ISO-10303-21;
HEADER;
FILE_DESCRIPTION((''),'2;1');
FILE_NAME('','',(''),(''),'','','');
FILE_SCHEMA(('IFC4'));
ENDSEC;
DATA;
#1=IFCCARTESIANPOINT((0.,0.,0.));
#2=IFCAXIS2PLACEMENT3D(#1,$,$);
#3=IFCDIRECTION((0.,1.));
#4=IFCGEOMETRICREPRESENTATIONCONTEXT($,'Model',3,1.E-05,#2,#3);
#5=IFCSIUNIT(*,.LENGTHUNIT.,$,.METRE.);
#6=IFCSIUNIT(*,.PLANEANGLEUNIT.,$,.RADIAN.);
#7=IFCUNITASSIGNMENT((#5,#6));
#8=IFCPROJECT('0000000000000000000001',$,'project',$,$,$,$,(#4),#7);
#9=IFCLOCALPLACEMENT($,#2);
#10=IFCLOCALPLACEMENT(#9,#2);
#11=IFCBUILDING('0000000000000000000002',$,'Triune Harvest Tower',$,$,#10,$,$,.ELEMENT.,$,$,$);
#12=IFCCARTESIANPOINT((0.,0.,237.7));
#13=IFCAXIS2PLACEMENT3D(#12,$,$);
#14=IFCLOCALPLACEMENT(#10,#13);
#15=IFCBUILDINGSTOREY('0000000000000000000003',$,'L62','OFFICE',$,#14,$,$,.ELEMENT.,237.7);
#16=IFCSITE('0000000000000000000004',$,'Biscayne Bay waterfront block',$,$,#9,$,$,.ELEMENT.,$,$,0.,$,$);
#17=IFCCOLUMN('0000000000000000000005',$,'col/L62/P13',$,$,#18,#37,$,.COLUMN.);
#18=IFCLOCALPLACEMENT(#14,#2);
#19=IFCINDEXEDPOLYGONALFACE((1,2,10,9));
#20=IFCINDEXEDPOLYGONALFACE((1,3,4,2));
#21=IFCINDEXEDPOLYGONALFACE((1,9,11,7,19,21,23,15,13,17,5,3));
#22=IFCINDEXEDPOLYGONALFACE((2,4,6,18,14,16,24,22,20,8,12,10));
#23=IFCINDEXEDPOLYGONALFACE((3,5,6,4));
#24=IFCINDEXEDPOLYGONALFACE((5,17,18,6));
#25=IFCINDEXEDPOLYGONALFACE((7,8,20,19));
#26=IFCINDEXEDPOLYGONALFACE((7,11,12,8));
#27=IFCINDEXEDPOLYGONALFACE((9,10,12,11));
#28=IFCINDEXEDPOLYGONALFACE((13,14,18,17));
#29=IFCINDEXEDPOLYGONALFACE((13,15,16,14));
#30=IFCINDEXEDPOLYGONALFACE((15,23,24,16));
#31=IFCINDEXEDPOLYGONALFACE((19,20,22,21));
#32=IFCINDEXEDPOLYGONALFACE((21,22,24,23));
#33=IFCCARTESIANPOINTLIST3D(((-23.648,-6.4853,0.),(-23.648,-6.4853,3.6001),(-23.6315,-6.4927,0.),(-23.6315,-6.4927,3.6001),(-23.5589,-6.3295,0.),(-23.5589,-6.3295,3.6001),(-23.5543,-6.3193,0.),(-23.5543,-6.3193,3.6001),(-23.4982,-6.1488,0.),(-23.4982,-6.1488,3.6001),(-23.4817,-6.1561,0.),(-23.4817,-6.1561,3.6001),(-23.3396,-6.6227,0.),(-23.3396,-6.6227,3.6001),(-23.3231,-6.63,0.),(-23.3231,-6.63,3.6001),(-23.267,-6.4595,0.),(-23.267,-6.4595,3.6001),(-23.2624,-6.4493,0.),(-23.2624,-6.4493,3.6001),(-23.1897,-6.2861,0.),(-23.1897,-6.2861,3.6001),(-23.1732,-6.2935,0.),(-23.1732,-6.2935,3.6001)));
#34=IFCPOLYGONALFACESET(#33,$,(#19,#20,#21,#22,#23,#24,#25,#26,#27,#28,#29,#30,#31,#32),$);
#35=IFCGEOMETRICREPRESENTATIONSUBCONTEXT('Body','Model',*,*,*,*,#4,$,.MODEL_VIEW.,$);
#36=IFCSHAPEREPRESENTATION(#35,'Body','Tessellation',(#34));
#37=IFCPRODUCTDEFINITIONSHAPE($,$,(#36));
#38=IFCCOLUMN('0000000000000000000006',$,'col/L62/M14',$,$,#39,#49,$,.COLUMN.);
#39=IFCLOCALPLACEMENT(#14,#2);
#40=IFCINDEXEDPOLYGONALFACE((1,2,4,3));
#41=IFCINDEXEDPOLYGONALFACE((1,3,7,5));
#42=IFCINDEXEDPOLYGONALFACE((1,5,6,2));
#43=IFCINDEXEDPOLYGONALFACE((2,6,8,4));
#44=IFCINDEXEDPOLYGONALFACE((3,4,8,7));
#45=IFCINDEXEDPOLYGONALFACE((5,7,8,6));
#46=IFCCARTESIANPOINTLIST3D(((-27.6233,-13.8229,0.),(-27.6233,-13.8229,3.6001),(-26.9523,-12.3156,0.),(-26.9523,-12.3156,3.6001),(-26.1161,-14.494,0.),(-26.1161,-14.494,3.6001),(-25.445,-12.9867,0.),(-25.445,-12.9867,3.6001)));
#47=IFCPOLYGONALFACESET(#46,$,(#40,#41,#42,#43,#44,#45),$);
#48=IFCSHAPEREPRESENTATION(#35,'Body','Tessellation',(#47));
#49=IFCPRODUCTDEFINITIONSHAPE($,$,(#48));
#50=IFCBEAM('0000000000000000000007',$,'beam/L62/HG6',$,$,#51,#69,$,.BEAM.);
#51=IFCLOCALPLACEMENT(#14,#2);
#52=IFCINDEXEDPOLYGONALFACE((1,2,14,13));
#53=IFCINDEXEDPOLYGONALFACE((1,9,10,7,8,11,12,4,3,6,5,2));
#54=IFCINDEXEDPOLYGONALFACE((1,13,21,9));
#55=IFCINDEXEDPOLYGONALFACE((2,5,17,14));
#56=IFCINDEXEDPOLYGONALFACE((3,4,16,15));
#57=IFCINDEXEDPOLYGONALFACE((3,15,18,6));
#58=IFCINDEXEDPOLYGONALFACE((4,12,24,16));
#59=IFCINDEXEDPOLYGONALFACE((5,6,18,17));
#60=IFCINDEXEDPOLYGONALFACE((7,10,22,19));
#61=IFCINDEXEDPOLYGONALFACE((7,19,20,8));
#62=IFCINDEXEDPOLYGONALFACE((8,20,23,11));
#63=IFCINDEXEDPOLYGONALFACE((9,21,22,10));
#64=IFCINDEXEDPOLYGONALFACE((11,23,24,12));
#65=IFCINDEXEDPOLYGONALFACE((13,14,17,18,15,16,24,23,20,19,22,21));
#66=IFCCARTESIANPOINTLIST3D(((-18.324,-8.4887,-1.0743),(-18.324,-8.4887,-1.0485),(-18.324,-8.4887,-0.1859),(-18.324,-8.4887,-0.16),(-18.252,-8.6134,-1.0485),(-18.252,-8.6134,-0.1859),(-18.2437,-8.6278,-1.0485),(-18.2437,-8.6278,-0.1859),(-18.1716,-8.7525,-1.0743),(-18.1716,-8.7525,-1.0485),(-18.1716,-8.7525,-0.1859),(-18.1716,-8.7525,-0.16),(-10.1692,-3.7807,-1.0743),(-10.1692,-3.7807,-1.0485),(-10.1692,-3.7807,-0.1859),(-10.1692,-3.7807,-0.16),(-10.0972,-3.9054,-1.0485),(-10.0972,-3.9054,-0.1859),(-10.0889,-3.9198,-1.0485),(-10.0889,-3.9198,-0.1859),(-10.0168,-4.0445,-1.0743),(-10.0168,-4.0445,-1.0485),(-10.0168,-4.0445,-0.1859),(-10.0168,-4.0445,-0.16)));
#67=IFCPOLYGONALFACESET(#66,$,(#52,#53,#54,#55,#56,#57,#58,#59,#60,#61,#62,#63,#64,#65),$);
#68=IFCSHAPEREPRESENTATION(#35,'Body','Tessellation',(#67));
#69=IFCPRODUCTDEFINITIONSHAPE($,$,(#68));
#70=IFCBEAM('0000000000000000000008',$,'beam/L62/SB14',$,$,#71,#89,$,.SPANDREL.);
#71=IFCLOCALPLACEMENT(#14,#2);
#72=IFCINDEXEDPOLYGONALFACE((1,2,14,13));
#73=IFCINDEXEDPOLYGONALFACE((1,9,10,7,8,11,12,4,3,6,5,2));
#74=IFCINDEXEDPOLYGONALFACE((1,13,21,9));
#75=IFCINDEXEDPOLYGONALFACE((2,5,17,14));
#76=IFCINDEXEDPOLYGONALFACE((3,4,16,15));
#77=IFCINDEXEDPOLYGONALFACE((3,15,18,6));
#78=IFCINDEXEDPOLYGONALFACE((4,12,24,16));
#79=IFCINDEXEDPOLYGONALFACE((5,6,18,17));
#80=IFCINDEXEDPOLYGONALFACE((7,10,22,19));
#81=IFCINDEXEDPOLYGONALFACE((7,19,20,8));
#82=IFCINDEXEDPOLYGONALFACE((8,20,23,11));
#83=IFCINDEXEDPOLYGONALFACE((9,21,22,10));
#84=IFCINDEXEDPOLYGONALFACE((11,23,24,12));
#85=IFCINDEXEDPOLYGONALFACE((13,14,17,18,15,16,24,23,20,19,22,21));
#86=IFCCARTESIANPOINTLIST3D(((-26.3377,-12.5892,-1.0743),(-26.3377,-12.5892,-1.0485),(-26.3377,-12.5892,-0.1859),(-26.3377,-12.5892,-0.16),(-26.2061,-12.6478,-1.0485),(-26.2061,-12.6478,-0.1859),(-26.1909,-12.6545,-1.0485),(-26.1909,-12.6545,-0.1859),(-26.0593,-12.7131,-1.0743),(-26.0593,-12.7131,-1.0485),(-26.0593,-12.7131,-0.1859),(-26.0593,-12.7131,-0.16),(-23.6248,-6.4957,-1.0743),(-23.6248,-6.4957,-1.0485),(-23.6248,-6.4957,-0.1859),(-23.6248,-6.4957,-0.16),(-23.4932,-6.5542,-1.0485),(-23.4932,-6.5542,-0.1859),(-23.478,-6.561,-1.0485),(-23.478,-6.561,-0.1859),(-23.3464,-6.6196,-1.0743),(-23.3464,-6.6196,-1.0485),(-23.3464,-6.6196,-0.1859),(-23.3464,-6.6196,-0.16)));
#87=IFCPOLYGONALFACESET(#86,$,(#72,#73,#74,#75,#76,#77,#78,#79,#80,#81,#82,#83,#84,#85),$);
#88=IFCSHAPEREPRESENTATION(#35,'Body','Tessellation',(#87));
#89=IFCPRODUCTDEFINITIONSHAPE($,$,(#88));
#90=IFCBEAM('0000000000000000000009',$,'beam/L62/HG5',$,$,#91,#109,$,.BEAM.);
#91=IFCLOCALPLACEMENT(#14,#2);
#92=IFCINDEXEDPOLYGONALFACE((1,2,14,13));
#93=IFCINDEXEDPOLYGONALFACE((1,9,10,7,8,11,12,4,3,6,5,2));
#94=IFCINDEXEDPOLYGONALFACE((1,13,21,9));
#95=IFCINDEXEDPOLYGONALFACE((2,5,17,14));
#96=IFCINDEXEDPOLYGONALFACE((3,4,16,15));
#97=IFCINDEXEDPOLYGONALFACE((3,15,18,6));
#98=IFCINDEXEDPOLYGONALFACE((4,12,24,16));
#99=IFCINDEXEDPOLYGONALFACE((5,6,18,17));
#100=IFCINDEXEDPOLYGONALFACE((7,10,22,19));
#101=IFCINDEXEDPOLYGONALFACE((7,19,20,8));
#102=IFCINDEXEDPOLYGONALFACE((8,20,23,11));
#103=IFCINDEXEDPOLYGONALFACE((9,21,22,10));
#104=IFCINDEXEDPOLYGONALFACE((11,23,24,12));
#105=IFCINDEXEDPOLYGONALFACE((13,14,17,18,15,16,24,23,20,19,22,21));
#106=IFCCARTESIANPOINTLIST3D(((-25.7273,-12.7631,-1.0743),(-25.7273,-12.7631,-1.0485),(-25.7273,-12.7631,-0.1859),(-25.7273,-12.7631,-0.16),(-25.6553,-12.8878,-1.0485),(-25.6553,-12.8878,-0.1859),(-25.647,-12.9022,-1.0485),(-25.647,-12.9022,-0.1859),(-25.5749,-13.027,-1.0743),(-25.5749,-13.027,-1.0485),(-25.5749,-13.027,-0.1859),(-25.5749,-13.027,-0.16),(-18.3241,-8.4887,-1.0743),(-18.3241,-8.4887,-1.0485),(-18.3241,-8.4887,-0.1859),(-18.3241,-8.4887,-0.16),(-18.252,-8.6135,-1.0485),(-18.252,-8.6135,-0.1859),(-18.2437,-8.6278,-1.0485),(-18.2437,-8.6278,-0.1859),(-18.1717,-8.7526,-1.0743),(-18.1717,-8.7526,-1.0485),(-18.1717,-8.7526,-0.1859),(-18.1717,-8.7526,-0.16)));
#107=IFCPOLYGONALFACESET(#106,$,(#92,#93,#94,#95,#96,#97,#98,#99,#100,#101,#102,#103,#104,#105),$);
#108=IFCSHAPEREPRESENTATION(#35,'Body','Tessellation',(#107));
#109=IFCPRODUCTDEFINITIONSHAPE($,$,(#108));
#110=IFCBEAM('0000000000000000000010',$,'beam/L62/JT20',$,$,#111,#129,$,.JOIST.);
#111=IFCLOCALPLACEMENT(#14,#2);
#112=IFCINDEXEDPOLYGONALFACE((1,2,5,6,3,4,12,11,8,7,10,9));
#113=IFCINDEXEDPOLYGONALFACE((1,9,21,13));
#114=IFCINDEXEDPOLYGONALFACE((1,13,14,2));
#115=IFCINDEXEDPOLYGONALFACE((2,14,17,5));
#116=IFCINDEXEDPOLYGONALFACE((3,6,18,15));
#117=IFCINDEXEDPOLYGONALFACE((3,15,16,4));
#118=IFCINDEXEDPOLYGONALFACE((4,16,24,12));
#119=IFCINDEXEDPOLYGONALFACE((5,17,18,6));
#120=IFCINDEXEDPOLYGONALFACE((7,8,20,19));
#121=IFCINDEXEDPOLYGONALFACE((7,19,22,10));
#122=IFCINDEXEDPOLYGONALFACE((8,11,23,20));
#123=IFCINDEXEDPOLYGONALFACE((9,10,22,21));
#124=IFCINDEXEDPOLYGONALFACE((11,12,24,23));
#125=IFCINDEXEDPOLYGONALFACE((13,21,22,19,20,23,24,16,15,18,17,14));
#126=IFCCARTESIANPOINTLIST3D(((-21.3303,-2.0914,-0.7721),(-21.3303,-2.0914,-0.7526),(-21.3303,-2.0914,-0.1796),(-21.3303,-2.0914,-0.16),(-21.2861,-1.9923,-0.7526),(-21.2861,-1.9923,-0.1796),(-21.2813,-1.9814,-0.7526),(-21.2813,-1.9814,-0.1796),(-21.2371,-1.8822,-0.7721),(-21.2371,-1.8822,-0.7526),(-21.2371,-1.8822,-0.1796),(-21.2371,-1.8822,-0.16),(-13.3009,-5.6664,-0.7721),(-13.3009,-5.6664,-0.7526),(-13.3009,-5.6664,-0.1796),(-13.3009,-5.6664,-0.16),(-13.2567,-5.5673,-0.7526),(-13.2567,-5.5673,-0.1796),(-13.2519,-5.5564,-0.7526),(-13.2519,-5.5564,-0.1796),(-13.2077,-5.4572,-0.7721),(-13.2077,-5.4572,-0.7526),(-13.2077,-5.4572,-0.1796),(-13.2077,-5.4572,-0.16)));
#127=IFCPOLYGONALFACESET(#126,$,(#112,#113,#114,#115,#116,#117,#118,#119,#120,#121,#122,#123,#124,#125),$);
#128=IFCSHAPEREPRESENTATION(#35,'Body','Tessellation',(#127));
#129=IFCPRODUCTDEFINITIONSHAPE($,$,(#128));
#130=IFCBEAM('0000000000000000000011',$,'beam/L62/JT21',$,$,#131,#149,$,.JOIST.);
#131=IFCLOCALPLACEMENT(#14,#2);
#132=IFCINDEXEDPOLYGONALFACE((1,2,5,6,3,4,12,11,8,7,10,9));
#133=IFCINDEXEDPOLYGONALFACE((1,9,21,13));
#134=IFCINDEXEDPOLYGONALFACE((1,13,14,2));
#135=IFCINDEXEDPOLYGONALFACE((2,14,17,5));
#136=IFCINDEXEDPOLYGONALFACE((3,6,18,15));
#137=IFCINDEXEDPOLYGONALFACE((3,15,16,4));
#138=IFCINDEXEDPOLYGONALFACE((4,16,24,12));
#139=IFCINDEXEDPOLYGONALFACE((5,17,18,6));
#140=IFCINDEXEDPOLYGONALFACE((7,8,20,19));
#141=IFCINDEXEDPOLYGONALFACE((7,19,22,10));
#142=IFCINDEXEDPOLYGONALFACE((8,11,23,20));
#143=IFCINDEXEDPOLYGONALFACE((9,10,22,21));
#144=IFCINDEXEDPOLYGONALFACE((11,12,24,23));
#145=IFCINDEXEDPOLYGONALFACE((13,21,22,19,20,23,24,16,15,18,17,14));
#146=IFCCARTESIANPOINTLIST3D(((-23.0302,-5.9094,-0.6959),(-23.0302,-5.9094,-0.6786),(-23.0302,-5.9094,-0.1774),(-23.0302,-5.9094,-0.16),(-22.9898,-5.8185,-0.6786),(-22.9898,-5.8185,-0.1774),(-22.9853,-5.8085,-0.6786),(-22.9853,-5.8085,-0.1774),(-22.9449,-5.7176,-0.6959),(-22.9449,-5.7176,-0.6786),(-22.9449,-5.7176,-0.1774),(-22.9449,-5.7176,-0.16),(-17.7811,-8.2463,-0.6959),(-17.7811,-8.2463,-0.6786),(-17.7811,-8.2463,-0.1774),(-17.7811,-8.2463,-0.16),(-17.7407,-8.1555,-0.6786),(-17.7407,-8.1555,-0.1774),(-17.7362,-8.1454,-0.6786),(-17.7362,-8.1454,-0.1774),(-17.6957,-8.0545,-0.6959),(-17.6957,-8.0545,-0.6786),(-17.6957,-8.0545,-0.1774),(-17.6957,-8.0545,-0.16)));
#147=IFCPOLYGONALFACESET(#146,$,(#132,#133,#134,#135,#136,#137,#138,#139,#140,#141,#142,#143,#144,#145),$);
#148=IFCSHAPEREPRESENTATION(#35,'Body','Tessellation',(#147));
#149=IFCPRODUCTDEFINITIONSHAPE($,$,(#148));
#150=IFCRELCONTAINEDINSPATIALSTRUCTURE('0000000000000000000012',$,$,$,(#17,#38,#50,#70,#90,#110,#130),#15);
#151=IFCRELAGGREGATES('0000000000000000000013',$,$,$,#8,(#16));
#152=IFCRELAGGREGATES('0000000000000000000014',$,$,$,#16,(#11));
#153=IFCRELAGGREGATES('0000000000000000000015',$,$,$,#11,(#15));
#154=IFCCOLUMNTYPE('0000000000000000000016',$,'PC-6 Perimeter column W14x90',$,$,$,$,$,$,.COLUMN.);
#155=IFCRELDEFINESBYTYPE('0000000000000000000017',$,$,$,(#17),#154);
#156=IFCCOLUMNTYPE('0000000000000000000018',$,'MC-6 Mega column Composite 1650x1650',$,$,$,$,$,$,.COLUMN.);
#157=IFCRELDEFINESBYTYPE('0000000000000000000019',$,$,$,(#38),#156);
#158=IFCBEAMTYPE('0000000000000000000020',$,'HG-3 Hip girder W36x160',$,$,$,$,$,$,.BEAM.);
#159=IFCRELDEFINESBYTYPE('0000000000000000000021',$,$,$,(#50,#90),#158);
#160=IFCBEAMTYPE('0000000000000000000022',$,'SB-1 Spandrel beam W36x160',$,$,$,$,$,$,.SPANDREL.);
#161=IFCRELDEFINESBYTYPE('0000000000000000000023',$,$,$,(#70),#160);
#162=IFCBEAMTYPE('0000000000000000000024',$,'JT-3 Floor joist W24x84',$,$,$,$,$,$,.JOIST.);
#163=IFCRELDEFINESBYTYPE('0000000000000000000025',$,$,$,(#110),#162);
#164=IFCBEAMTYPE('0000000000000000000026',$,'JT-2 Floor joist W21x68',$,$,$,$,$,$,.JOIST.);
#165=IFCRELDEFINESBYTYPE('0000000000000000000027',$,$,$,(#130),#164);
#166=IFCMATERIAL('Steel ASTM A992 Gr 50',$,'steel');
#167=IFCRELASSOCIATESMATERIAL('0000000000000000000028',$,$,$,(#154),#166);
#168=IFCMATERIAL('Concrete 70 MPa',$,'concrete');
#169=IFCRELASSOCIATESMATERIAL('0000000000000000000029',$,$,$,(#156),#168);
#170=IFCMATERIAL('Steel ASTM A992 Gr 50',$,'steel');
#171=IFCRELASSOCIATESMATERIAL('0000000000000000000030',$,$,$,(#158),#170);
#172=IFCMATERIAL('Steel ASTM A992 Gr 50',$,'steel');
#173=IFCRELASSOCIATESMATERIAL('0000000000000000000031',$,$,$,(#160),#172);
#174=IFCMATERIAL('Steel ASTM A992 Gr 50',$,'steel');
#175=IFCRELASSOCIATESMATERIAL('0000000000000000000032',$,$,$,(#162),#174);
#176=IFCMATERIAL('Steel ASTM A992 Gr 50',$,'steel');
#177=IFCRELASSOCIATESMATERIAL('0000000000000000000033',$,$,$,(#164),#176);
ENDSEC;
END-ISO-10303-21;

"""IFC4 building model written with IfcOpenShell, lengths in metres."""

from ifc_helpers import new_model, si_unit, direction, frame, origin, origin_2d, place, context, subcontext, project, spatial, rectangle, i_section, extrude, source, transform, mapped, material, material_profile, profile_set, type_object, element, save


model = new_model("IFC4")

# Units and contexts
model_context = context("Model", 3, precision=1e-05, world=origin(), true_north=direction((0.0, 1.0)))
body_context = subcontext(model_context, "Body", "Model", "MODEL_VIEW")
ifc_project = project(units=[si_unit("LENGTHUNIT", "METRE"), si_unit("PLANEANGLEUNIT", "RADIAN")], contexts=[model_context])

# Site, building, storey
site_placement = place(None, origin())
site = spatial("IfcSite", under=ifc_project, at=site_placement, Name="Biscayne Bay waterfront block", CompositionType="ELEMENT", RefElevation=0.0)
building_placement = place(site_placement, origin())
building = spatial("IfcBuilding", under=site, at=building_placement, Name="Triune Harvest Tower", CompositionType="ELEMENT")
storey_placement = place(building_placement, frame((0.0, 0.0, 237.7)))
storey = spatial("IfcBuildingStorey", under=building, at=storey_placement, Name="L62", Description="OFFICE", CompositionType="ELEMENT", Elevation=237.7)

# Columns
ifc_material_1 = material(Name="Steel ASTM A992 Gr 50", Category="steel")
ifc_material_profile_1 = material_profile(ifc_material_1, i_section(OverallWidth=0.3684, OverallDepth=0.3557, WebThickness=0.0112, FlangeThickness=0.0181, at=origin_2d()), Name="W14x90")
ifc_profile_set_1 = profile_set([ifc_material_profile_1], Name="Steel ASTM A992 Gr 50")
column_type_1 = type_object("IfcColumnType", Name="PC-6 Perimeter column W14x90", PredefinedType="COLUMN", material=ifc_profile_set_1)
shared_shape_1 = source(origin(), body_context, "Body", "SweptSolid", [
    extrude(i_section(OverallWidth=0.3684, OverallDepth=0.3557, WebThickness=0.0112, FlangeThickness=0.0181, at=origin_2d()), origin(), (0.0, 0.0, 1.0), 3.6001),
])
column_1_placement = place(storey_placement, frame((-23.4106, -6.3894, 0.0), z_axis=(0.0, 0.0, 1.0), x_axis=(-0.406738, -0.913545, 0.0)))
element("IfcColumn", 1, at=column_1_placement, inside=storey, type_object=column_type_1, Name="col/L62/P13", PredefinedType="COLUMN", context=body_context, shape_type="MappedRepresentation", body=[
    mapped(shared_shape_1, transform((0.0, 0.0, 0.0), scale=1.0)),
])
ifc_material_2 = material(Name="Concrete 70 MPa", Category="concrete")
ifc_material_profile_2 = material_profile(ifc_material_2, rectangle(XDim=1.6499, YDim=1.6499, at=origin_2d()), Name="Composite 1650x1650")
ifc_profile_set_2 = profile_set([ifc_material_profile_2], Name="Concrete 70 MPa")
column_type_2 = type_object("IfcColumnType", Name="MC-6 Mega column Composite 1650x1650", PredefinedType="COLUMN", material=ifc_profile_set_2)
shared_shape_2 = source(origin(), body_context, "Body", "SweptSolid", [
    extrude(rectangle(XDim=1.6499, YDim=1.6499, at=origin_2d()), origin(), (0.0, 0.0, 1.0), 3.6001),
])
column_2_placement = place(storey_placement, frame((-26.5342, -13.4048, 0.0), z_axis=(0.0, 0.0, 1.0), x_axis=(-0.406738, -0.913545, 0.0)))
element("IfcColumn", 2, at=column_2_placement, inside=storey, type_object=column_type_2, Name="col/L62/M14", PredefinedType="COLUMN", context=body_context, shape_type="MappedRepresentation", body=[
    mapped(shared_shape_2, transform((0.0, 0.0, 0.0), scale=1.0)),
])

# Beams
ifc_material_3 = material(Name="Steel ASTM A992 Gr 50", Category="steel")
ifc_material_profile_3 = material_profile(ifc_material_3, i_section(OverallWidth=0.3047, OverallDepth=0.9143, WebThickness=0.0166, FlangeThickness=0.0259, at=origin_2d()), Name="W36x160")
ifc_profile_set_3 = profile_set([ifc_material_profile_3], Name="Steel ASTM A992 Gr 50")
beam_type_1 = type_object("IfcBeamType", Name="HG-3 Hip girder W36x160", PredefinedType="BEAM", material=ifc_profile_set_3)
shared_shape_3 = source(origin(), body_context, "Body", "SweptSolid", [
    extrude(i_section(OverallWidth=0.3047, OverallDepth=0.9143, WebThickness=0.0166, FlangeThickness=0.0259, at=origin_2d()), origin(), (0.0, 0.0, 1.0), 9.4163),
])
beam_1_placement = place(storey_placement, frame((-18.2478, -8.6206, -0.6172), z_axis=(0.866033, 0.499987, 0.0), x_axis=(-0.499987, 0.866033, 0.0)))
element("IfcBeam", 3, at=beam_1_placement, inside=storey, type_object=beam_type_1, Name="beam/L62/HG6", PredefinedType="BEAM", context=body_context, shape_type="MappedRepresentation", body=[
    mapped(shared_shape_3, transform((0.0, 0.0, 0.0), scale=1.0)),
])
ifc_material_4 = material(Name="Steel ASTM A992 Gr 50", Category="steel")
ifc_material_profile_4 = material_profile(ifc_material_4, i_section(OverallWidth=0.3047, OverallDepth=0.9143, WebThickness=0.0166, FlangeThickness=0.0259, at=origin_2d()), Name="W36x160")
ifc_profile_set_4 = profile_set([ifc_material_profile_4], Name="Steel ASTM A992 Gr 50")
beam_type_2 = type_object("IfcBeamType", Name="SB-1 Spandrel beam W36x160", PredefinedType="SPANDREL", material=ifc_profile_set_4)
shared_shape_4 = source(origin(), body_context, "Body", "SweptSolid", [
    extrude(i_section(OverallWidth=0.3047, OverallDepth=0.9143, WebThickness=0.0166, FlangeThickness=0.0259, at=origin_2d()), origin(), (0.0, 0.0, 1.0), 6.6702),
])
beam_2_placement = place(storey_placement, frame((-23.4856, -6.5576, -0.6172), z_axis=(-0.406723, -0.913552, 0.0), x_axis=(0.913552, -0.406723, 0.0)))
element("IfcBeam", 4, at=beam_2_placement, inside=storey, type_object=beam_type_2, Name="beam/L62/SB14", PredefinedType="SPANDREL", context=body_context, shape_type="MappedRepresentation", body=[
    mapped(shared_shape_4, transform((0.0, 0.0, 0.0), scale=1.0)),
])
shared_shape_5 = source(origin(), body_context, "Body", "SweptSolid", [
    extrude(i_section(OverallWidth=0.3047, OverallDepth=0.9143, WebThickness=0.0166, FlangeThickness=0.0259, at=origin_2d()), origin(), (0.0, 0.0, 1.0), 8.5486),
])
beam_3_placement = place(storey_placement, frame((-25.6511, -12.895, -0.6172), z_axis=(0.86602, 0.500009, 0.0), x_axis=(-0.500009, 0.86602, 0.0)))
element("IfcBeam", 5, at=beam_3_placement, inside=storey, type_object=beam_type_1, Name="beam/L62/HG5", PredefinedType="BEAM", context=body_context, shape_type="MappedRepresentation", body=[
    mapped(shared_shape_5, transform((0.0, 0.0, 0.0), scale=1.0)),
])
ifc_material_5 = material(Name="Steel ASTM A992 Gr 50", Category="steel")
ifc_material_profile_5 = material_profile(ifc_material_5, i_section(OverallWidth=0.229, OverallDepth=0.6121, WebThickness=0.012, FlangeThickness=0.0195, at=origin_2d()), Name="W24x84")
ifc_profile_set_5 = profile_set([ifc_material_profile_5], Name="Steel ASTM A992 Gr 50")
beam_type_3 = type_object("IfcBeamType", Name="JT-3 Floor joist W24x84", PredefinedType="JOIST", material=ifc_profile_set_5)
shared_shape_6 = source(origin(), body_context, "Body", "SweptSolid", [
    extrude(i_section(OverallWidth=0.229, OverallDepth=0.6121, WebThickness=0.012, FlangeThickness=0.0195, at=origin_2d()), origin(), (0.0, 0.0, 1.0), 8.7893),
])
beam_4_placement = place(storey_placement, frame((-21.2837, -1.9868, -0.4661), z_axis=(0.913542, -0.406744, 0.0), x_axis=(0.406744, 0.913542, 0.0)))
element("IfcBeam", 6, at=beam_4_placement, inside=storey, type_object=beam_type_3, Name="beam/L62/JT20", PredefinedType="JOIST", context=body_context, shape_type="MappedRepresentation", body=[
    mapped(shared_shape_6, transform((0.0, 0.0, 0.0), scale=1.0)),
])
ifc_material_6 = material(Name="Steel ASTM A992 Gr 50", Category="steel")
ifc_material_profile_6 = material_profile(ifc_material_6, i_section(OverallWidth=0.21, OverallDepth=0.5359, WebThickness=0.011, FlangeThickness=0.0173, at=origin_2d()), Name="W21x68")
ifc_profile_set_6 = profile_set([ifc_material_profile_6], Name="Steel ASTM A992 Gr 50")
beam_type_4 = type_object("IfcBeamType", Name="JT-2 Floor joist W21x68", PredefinedType="JOIST", material=ifc_profile_set_6)
shared_shape_7 = source(origin(), body_context, "Body", "SweptSolid", [
    extrude(i_section(OverallWidth=0.21, OverallDepth=0.5359, WebThickness=0.011, FlangeThickness=0.0173, at=origin_2d()), origin(), (0.0, 0.0, 1.0), 5.7458),
])
beam_5_placement = place(storey_placement, frame((-22.9875, -5.8135, -0.428), z_axis=(0.913552, -0.406722, 0.0), x_axis=(0.406722, 0.913552, 0.0)))
element("IfcBeam", 7, at=beam_5_placement, inside=storey, type_object=beam_type_4, Name="beam/L62/JT21", PredefinedType="JOIST", context=body_context, shape_type="MappedRepresentation", body=[
    mapped(shared_shape_7, transform((0.0, 0.0, 0.0), scale=1.0)),
])

save(model, "model.ifc")
